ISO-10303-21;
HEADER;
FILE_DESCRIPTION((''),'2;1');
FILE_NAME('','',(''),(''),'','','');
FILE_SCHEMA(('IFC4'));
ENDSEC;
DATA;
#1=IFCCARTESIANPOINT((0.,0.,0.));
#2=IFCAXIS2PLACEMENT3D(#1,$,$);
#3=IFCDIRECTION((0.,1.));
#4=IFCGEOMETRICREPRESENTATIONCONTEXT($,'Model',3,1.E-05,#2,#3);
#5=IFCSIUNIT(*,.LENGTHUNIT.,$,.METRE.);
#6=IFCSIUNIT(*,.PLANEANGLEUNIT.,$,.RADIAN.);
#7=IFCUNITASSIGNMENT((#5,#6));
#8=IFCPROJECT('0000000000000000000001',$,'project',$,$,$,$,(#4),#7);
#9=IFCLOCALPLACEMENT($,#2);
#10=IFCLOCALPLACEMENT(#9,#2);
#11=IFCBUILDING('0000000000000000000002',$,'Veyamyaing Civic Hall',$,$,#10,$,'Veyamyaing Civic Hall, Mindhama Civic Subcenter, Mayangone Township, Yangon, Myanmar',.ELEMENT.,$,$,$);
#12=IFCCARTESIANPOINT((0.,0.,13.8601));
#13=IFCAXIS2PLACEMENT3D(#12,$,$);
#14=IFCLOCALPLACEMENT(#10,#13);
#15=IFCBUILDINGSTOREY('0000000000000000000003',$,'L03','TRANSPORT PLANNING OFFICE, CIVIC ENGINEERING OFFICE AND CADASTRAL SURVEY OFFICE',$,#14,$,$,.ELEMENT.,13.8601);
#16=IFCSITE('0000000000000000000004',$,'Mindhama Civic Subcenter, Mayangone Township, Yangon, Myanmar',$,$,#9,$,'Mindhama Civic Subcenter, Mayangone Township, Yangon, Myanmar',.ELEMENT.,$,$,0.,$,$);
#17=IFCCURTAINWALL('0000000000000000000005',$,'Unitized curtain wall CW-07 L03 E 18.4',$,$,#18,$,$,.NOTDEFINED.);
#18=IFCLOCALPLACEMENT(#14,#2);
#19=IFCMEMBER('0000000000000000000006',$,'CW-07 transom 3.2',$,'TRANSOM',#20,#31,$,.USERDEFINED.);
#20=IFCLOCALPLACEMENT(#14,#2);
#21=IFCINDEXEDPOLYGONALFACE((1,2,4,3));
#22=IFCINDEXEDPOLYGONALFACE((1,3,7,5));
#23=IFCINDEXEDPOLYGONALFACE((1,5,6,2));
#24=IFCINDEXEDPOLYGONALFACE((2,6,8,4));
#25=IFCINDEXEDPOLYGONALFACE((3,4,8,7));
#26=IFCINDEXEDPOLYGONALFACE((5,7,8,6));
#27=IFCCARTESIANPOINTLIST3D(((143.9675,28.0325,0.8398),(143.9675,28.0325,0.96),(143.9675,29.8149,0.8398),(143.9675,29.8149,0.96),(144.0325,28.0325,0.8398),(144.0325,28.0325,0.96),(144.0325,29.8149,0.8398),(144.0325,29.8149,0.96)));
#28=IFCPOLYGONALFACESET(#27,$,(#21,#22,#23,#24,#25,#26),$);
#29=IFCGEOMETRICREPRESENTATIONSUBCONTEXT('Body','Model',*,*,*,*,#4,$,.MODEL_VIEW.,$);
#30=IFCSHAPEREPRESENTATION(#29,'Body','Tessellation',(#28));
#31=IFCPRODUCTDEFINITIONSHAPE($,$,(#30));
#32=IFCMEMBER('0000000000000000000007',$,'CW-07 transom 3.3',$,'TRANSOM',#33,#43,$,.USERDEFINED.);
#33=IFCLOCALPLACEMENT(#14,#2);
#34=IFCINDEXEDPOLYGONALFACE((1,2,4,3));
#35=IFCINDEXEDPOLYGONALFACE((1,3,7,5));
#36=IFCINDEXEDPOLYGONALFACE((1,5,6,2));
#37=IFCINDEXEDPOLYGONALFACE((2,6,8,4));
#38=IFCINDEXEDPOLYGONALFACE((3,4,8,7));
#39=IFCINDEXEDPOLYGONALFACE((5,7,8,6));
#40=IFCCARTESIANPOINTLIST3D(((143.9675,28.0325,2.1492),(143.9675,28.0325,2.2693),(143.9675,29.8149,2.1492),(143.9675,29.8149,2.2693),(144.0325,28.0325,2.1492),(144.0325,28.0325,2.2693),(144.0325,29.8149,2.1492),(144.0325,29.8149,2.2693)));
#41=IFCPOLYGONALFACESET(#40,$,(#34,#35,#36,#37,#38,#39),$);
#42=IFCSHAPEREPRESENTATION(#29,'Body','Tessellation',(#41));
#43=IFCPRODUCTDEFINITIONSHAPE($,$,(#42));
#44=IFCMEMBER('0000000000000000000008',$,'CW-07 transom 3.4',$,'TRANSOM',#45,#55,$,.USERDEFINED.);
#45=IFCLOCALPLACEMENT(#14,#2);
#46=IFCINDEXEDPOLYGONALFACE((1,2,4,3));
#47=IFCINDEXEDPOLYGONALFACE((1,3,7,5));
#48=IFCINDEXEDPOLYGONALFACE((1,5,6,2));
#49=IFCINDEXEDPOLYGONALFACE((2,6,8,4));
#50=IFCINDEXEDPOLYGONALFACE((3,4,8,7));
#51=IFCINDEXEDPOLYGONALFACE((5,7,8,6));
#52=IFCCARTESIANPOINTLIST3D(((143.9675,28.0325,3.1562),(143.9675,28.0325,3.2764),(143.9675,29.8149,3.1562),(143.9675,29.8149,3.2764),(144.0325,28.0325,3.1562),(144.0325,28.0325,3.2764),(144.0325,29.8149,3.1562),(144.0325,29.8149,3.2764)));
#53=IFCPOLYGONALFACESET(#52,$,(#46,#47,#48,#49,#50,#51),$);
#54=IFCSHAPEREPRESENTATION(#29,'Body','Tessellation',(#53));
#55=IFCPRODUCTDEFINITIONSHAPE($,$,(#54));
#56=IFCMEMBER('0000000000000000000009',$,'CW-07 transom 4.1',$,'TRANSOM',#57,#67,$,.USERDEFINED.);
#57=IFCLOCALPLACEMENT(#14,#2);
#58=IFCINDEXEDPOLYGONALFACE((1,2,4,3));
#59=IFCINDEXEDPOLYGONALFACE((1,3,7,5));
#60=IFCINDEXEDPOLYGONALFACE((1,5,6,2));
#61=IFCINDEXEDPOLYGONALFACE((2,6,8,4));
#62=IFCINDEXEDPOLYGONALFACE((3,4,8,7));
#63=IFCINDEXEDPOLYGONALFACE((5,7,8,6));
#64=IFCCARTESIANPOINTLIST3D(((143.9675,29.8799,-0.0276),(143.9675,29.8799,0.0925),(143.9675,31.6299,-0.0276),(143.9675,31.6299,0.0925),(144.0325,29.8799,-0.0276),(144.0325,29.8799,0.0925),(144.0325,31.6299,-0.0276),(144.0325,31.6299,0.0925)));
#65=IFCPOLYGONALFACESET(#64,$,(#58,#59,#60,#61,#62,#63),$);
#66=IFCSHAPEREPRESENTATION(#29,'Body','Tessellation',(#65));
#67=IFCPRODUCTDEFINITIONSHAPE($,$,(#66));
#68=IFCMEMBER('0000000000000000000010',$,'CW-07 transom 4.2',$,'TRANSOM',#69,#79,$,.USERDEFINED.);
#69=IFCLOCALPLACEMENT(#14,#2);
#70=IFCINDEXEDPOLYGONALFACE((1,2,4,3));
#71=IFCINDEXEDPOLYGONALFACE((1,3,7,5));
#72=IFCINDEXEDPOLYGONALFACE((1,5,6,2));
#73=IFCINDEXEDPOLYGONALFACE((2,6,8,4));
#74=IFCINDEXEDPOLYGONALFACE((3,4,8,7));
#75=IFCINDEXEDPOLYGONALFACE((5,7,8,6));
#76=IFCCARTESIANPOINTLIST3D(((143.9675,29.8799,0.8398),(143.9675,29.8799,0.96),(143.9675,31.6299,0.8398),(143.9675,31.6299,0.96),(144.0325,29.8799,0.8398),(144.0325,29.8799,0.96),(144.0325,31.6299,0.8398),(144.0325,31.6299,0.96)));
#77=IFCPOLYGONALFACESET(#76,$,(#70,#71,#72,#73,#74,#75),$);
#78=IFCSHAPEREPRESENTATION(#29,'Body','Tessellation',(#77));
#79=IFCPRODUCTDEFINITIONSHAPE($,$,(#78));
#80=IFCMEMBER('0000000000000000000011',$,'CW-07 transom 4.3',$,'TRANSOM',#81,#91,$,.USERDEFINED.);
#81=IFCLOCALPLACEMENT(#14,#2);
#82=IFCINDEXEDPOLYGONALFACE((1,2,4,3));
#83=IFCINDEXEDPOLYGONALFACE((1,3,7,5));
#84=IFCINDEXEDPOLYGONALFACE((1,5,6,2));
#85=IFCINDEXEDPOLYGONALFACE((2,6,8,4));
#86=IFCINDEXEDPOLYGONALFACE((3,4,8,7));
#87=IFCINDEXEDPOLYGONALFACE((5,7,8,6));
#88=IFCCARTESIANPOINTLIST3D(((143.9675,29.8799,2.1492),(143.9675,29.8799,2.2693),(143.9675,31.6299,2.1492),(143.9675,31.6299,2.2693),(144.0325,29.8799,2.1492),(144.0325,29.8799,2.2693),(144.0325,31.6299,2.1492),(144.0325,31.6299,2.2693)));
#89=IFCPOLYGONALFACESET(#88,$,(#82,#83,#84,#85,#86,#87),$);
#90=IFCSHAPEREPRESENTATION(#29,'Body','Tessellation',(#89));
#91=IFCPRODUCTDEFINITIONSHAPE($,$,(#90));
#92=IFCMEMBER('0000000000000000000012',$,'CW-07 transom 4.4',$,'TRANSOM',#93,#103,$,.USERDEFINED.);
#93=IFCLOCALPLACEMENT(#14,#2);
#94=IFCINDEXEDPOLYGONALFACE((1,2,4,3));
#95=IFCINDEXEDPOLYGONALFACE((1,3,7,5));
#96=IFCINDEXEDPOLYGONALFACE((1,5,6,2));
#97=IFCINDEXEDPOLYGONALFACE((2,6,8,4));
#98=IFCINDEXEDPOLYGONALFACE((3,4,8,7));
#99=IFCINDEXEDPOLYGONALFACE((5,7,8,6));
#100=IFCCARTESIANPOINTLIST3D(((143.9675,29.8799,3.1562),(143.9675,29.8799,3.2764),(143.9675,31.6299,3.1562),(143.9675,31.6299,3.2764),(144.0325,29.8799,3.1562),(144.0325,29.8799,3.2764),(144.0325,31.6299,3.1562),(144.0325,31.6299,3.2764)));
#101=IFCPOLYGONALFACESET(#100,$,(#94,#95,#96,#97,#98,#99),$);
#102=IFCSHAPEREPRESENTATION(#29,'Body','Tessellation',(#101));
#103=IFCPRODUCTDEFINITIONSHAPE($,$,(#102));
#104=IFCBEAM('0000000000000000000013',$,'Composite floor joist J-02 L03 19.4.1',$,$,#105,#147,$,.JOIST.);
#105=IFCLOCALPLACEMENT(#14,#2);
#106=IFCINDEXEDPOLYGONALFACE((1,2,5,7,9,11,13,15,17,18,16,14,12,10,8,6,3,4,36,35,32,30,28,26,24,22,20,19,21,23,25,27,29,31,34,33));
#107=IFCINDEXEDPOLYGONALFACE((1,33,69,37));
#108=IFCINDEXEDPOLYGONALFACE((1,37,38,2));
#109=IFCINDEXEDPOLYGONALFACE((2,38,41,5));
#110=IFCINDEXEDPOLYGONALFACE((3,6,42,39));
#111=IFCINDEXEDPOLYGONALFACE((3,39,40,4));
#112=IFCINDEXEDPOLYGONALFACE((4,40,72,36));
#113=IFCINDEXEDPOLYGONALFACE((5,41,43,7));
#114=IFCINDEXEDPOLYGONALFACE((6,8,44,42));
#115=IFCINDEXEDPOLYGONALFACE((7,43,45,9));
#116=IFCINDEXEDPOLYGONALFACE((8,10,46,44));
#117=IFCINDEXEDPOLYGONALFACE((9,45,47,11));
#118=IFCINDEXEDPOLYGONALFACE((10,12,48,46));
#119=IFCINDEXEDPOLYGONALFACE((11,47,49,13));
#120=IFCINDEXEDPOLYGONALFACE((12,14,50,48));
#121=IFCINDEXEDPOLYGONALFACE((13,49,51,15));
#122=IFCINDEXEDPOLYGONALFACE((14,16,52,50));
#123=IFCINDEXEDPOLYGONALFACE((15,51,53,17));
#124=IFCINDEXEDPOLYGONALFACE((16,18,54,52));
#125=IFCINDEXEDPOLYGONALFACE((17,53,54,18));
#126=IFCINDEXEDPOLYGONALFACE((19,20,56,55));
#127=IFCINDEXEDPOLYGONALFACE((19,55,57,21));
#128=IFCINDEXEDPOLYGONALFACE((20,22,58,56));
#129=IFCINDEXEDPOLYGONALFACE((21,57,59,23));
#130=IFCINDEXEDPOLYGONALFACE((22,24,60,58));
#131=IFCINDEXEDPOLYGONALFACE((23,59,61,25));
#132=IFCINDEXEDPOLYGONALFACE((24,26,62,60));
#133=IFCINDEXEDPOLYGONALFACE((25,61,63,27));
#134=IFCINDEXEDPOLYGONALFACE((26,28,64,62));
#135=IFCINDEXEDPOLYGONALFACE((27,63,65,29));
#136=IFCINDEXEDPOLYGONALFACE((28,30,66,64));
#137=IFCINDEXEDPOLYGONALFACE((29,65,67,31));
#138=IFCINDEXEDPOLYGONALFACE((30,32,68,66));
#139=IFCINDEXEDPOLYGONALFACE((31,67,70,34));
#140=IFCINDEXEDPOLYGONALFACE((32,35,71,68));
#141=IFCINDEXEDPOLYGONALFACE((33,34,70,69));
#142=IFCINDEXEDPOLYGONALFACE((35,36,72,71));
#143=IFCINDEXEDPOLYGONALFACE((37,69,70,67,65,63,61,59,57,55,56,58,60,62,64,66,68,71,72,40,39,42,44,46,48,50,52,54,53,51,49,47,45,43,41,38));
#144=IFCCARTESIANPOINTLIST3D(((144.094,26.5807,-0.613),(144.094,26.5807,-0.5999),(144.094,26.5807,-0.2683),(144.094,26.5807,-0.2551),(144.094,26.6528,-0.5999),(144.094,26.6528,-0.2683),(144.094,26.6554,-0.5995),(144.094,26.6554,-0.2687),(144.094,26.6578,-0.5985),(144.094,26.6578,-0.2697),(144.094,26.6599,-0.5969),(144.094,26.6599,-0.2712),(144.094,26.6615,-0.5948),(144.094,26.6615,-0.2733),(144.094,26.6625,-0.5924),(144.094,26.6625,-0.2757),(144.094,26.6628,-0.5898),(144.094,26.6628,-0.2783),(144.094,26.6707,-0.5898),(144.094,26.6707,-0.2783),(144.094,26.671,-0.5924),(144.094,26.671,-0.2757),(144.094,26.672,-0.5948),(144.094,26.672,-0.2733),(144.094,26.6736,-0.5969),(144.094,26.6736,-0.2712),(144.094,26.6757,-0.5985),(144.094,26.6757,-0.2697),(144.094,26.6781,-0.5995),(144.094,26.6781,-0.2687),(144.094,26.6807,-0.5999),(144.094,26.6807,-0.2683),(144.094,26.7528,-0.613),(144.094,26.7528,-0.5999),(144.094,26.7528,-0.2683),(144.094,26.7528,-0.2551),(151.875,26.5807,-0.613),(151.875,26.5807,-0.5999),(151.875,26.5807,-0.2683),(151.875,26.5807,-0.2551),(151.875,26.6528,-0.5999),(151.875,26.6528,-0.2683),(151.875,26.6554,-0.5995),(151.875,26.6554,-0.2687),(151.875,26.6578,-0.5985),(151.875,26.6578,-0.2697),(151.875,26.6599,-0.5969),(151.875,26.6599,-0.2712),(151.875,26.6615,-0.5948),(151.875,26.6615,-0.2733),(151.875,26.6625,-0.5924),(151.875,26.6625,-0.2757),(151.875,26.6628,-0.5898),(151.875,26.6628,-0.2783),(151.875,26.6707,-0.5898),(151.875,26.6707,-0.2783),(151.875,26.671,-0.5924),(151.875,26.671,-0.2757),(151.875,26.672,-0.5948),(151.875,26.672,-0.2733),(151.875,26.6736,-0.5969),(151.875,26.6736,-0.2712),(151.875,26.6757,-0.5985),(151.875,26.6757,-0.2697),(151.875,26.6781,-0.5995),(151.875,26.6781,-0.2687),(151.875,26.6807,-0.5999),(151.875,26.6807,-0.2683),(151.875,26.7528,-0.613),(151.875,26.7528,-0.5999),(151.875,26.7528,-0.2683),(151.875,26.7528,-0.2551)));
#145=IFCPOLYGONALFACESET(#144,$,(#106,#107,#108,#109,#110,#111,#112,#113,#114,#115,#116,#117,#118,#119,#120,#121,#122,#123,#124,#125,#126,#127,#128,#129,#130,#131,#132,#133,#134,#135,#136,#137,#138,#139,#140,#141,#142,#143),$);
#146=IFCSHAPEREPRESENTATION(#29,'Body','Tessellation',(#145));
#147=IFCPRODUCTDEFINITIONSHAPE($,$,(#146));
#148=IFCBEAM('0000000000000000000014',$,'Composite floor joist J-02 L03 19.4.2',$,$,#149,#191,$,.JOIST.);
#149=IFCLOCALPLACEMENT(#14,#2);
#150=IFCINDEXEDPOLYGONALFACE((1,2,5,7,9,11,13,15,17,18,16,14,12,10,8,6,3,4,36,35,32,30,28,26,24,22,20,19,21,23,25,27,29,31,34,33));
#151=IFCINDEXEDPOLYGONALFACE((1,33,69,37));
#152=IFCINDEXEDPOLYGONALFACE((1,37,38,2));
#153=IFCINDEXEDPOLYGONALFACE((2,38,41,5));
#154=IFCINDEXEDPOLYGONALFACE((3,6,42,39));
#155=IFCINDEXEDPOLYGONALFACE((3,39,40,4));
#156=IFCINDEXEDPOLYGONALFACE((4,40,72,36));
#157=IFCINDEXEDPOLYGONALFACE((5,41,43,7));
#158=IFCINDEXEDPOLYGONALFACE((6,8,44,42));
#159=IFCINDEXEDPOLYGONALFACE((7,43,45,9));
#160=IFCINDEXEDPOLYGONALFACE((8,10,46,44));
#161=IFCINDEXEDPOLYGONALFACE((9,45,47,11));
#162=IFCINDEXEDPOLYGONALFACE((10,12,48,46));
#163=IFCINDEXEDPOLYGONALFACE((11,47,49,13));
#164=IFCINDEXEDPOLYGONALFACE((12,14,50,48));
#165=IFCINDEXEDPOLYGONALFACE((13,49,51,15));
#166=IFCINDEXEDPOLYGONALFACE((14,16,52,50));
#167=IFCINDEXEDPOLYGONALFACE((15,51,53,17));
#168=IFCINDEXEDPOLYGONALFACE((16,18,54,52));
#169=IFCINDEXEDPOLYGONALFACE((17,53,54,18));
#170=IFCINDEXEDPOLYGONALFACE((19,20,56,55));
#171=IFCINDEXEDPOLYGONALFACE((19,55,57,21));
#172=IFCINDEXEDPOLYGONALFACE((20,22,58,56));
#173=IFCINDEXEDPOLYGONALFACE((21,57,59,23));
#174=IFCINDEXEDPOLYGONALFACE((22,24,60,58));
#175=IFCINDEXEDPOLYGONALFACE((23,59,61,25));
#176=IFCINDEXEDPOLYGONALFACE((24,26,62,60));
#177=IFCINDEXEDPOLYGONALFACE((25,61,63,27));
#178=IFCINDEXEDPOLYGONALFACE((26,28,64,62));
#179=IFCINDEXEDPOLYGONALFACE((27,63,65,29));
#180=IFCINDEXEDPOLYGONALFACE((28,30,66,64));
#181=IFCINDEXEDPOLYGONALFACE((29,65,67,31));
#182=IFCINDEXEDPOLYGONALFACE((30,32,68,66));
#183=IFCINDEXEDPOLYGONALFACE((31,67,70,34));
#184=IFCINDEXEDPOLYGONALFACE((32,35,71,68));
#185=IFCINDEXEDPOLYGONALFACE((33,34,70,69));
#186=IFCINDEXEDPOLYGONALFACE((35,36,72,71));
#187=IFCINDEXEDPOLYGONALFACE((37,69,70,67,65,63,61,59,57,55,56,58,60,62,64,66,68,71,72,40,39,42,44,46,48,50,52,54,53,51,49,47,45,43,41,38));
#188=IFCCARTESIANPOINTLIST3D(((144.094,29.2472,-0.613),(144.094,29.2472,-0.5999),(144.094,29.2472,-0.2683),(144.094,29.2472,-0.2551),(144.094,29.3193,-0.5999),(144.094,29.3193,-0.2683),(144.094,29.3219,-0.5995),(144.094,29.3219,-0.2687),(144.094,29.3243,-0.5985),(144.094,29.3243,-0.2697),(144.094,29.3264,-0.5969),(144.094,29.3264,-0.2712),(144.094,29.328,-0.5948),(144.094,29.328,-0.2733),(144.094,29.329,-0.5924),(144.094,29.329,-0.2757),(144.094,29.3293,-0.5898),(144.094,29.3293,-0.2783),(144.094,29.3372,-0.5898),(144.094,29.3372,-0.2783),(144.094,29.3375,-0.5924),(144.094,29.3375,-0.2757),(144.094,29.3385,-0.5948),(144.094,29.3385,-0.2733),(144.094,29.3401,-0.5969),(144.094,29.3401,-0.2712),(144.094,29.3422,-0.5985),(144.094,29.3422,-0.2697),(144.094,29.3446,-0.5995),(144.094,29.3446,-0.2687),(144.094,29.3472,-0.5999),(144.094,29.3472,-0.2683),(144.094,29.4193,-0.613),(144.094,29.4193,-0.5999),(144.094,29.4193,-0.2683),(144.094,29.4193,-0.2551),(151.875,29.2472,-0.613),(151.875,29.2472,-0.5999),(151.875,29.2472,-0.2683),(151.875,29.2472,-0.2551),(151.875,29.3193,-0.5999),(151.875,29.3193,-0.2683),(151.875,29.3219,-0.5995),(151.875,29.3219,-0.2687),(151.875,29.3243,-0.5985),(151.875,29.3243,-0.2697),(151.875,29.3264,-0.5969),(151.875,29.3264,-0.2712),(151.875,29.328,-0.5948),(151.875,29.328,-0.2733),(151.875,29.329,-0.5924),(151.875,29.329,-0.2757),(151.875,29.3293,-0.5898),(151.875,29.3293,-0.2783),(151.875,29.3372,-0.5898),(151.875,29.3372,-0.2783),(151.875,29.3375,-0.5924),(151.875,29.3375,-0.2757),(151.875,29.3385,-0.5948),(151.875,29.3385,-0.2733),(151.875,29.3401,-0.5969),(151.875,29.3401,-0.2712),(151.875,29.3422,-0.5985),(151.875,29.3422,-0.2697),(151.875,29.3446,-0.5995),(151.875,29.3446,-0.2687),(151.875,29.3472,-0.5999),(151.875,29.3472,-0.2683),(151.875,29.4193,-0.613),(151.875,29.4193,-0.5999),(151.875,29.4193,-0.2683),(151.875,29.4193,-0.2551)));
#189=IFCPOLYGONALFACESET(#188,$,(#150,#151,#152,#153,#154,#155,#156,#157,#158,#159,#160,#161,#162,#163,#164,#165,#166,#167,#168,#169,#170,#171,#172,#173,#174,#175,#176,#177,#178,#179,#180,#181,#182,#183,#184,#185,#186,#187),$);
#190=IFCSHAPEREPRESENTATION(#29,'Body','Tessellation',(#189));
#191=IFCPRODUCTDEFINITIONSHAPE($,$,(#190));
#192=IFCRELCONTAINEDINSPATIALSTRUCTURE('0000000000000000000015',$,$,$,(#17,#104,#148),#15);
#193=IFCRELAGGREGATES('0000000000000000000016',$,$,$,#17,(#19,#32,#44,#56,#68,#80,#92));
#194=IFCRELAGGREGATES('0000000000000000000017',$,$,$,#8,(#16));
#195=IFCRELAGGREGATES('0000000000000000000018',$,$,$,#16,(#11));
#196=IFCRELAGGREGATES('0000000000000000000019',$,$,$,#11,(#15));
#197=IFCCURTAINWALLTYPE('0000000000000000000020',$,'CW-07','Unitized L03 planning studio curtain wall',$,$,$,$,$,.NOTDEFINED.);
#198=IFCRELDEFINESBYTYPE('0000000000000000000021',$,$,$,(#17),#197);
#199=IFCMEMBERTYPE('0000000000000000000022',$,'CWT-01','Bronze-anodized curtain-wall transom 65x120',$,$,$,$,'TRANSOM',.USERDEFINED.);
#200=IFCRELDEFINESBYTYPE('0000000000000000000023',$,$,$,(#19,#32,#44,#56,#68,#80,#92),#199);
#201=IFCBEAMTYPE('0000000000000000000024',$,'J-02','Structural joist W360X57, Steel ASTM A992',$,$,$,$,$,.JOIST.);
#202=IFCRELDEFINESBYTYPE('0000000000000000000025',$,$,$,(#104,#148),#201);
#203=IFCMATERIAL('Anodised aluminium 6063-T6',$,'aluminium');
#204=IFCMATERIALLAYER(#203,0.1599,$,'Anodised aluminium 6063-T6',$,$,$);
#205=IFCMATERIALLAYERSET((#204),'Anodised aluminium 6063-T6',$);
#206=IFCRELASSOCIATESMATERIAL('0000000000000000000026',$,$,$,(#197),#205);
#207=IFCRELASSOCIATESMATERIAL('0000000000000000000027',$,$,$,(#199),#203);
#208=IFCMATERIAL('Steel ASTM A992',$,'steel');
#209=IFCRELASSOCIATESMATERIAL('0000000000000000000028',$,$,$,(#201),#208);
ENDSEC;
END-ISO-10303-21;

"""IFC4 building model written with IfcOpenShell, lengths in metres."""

from ifc_helpers import new_model, si_unit, direction, frame, origin, origin_2d, place, context, subcontext, project, spatial, rectangle, i_section, extrude, material, layer, layer_set, material_profile, profile_set, type_object, element, aggregate, save


model = new_model("IFC4")

# Units and contexts
model_context = context("Model", 3, precision=1e-05, world=origin(), true_north=direction((0.0, 1.0)))
body_context = subcontext(model_context, "Body", "Model", "MODEL_VIEW")
ifc_project = project(units=[si_unit("LENGTHUNIT", "METRE"), si_unit("PLANEANGLEUNIT", "RADIAN")], contexts=[model_context])

# Site, building, storey
site_placement = place(None, origin())
site = spatial("IfcSite", under=ifc_project, at=site_placement, Name="Mindhama Civic Subcenter, Mayangone Township, Yangon, Myanmar", LongName="Mindhama Civic Subcenter, Mayangone Township, Yangon, Myanmar", CompositionType="ELEMENT", RefElevation=0.0)
building_placement = place(site_placement, origin())
building = spatial("IfcBuilding", under=site, at=building_placement, Name="Veyamyaing Civic Hall", LongName="Veyamyaing Civic Hall, Mindhama Civic Subcenter, Mayangone Township, Yangon, Myanmar", CompositionType="ELEMENT")
storey_placement = place(building_placement, frame((0.0, 0.0, 13.8601)))
storey = spatial("IfcBuildingStorey", under=building, at=storey_placement, Name="L03", Description="TRANSPORT PLANNING OFFICE, CIVIC ENGINEERING OFFICE AND CADASTRAL SURVEY OFFICE", CompositionType="ELEMENT", Elevation=13.8601)

# Shared definitions
ifc_material_1 = material(Name="Steel ASTM A992", Category="steel")

# Curtain wall, members
ifc_material_2 = material(Name="Anodised aluminium 6063-T6", Category="aluminium")
ifc_layer_1 = layer(ifc_material_2, 0.1599, Name="Anodised aluminium 6063-T6")
ifc_layer_set_1 = layer_set([ifc_layer_1], Name="Anodised aluminium 6063-T6")
curtain_wall_type = type_object("IfcCurtainWallType", Name="CW-07", Description="Unitized L03 planning studio curtain wall", PredefinedType="NOTDEFINED", material=ifc_layer_set_1)
curtain_wall_placement = place(storey_placement, origin())
curtain_wall = element("IfcCurtainWall", 1, at=curtain_wall_placement, inside=storey, type_object=curtain_wall_type, Name="Unitized curtain wall CW-07 L03 E 18.4", PredefinedType="NOTDEFINED")
ifc_material_profile_1 = material_profile(ifc_material_2, rectangle(XDim=0.0649, YDim=0.1201, at=origin_2d()), Name="ALU-TRN-65X120")
ifc_profile_set_1 = profile_set([ifc_material_profile_1], Name="Anodised aluminium 6063-T6")
member_type_1 = type_object("IfcMemberType", Name="CWT-01", Description="Bronze-anodized curtain-wall transom 65x120", ElementType="TRANSOM", PredefinedType="USERDEFINED", material=ifc_profile_set_1)
member_1_placement = place(storey_placement, frame((144.0, 28.0325, 0.8999), z_axis=(0.0, 1.0, 0.0), x_axis=(-1.0, 0.0, 0.0)))
member_1 = element("IfcMember", 2, at=member_1_placement, type_object=member_type_1, Name="CW-07 transom 3.2", ObjectType="TRANSOM", PredefinedType="USERDEFINED", context=body_context, shape_type="SweptSolid", body=[
    extrude(rectangle(XDim=0.0649, YDim=0.1201, at=origin_2d()), origin(), (0.0, 0.0, 1.0), 1.7825),
])
member_2_placement = place(storey_placement, frame((144.0, 28.0325, 2.2092), z_axis=(0.0, 1.0, 0.0), x_axis=(-1.0, 0.0, 0.0)))
member_2 = element("IfcMember", 3, at=member_2_placement, type_object=member_type_1, Name="CW-07 transom 3.3", ObjectType="TRANSOM", PredefinedType="USERDEFINED", context=body_context, shape_type="SweptSolid", body=[
    extrude(rectangle(XDim=0.0649, YDim=0.1201, at=origin_2d()), origin(), (0.0, 0.0, 1.0), 1.7825),
])
member_3_placement = place(storey_placement, frame((144.0, 28.0325, 3.2163), z_axis=(0.0, 1.0, 0.0), x_axis=(-1.0, 0.0, 0.0)))
member_3 = element("IfcMember", 4, at=member_3_placement, type_object=member_type_1, Name="CW-07 transom 3.4", ObjectType="TRANSOM", PredefinedType="USERDEFINED", context=body_context, shape_type="SweptSolid", body=[
    extrude(rectangle(XDim=0.0649, YDim=0.1201, at=origin_2d()), origin(), (0.0, 0.0, 1.0), 1.7825),
])
member_4_placement = place(storey_placement, frame((144.0, 29.8799, 0.0325), z_axis=(0.0, 1.0, 0.0), x_axis=(-1.0, 0.0, 0.0)))
member_4 = element("IfcMember", 5, at=member_4_placement, type_object=member_type_1, Name="CW-07 transom 4.1", ObjectType="TRANSOM", PredefinedType="USERDEFINED", context=body_context, shape_type="SweptSolid", body=[
    extrude(rectangle(XDim=0.0649, YDim=0.1201, at=origin_2d()), origin(), (0.0, 0.0, 1.0), 1.75),
])
member_5_placement = place(storey_placement, frame((144.0, 29.8799, 0.8999), z_axis=(0.0, 1.0, 0.0), x_axis=(-1.0, 0.0, 0.0)))
member_5 = element("IfcMember", 6, at=member_5_placement, type_object=member_type_1, Name="CW-07 transom 4.2", ObjectType="TRANSOM", PredefinedType="USERDEFINED", context=body_context, shape_type="SweptSolid", body=[
    extrude(rectangle(XDim=0.0649, YDim=0.1201, at=origin_2d()), origin(), (0.0, 0.0, 1.0), 1.75),
])
member_6_placement = place(storey_placement, frame((144.0, 29.8799, 2.2092), z_axis=(0.0, 1.0, 0.0), x_axis=(-1.0, 0.0, 0.0)))
member_6 = element("IfcMember", 7, at=member_6_placement, type_object=member_type_1, Name="CW-07 transom 4.3", ObjectType="TRANSOM", PredefinedType="USERDEFINED", context=body_context, shape_type="SweptSolid", body=[
    extrude(rectangle(XDim=0.0649, YDim=0.1201, at=origin_2d()), origin(), (0.0, 0.0, 1.0), 1.75),
])
member_7_placement = place(storey_placement, frame((144.0, 29.8799, 3.2163), z_axis=(0.0, 1.0, 0.0), x_axis=(-1.0, 0.0, 0.0)))
member_7 = element("IfcMember", 8, at=member_7_placement, type_object=member_type_1, Name="CW-07 transom 4.4", ObjectType="TRANSOM", PredefinedType="USERDEFINED", context=body_context, shape_type="SweptSolid", body=[
    extrude(rectangle(XDim=0.0649, YDim=0.1201, at=origin_2d()), origin(), (0.0, 0.0, 1.0), 1.75),
])

# Beams
ifc_material_profile_2 = material_profile(ifc_material_1, i_section(OverallWidth=0.1721, OverallDepth=0.3579, WebThickness=0.0078, FlangeThickness=0.0132, FilletRadius=0.01, at=origin_2d()), Name="W360X57")
ifc_profile_set_2 = profile_set([ifc_material_profile_2], Name="Steel ASTM A992")
beam_type_1 = type_object("IfcBeamType", Name="J-02", Description="Structural joist W360X57, Steel ASTM A992", PredefinedType="JOIST", material=ifc_profile_set_2)
for number, where, z_axis, x_axis, name in (
    (9, (144.094, 26.6667, -0.4341), (1.0, 0.0, 0.0), (0.0, 1.0, 0.0), "Composite floor joist J-02 L03 19.4.1"),
    (10, (144.094, 29.3333, -0.4341), (1.0, 0.0, 0.0), (0.0, 1.0, 0.0), "Composite floor joist J-02 L03 19.4.2"),
):
    element("IfcBeam", number, at=place(storey_placement, frame(where, z_axis=z_axis, x_axis=x_axis)), inside=storey, type_object=beam_type_1, Name=name, PredefinedType="JOIST", context=body_context, shape_type="SweptSolid", body=[
        extrude(i_section(OverallWidth=0.1721, OverallDepth=0.3579, WebThickness=0.0078, FlangeThickness=0.0132, FilletRadius=0.01, at=origin_2d()), origin(), (0.0, 0.0, 1.0), 7.781),
    ])

aggregate(curtain_wall, [member_1, member_2, member_3, member_4, member_5, member_6, member_7])

save(model, "model.ifc")
